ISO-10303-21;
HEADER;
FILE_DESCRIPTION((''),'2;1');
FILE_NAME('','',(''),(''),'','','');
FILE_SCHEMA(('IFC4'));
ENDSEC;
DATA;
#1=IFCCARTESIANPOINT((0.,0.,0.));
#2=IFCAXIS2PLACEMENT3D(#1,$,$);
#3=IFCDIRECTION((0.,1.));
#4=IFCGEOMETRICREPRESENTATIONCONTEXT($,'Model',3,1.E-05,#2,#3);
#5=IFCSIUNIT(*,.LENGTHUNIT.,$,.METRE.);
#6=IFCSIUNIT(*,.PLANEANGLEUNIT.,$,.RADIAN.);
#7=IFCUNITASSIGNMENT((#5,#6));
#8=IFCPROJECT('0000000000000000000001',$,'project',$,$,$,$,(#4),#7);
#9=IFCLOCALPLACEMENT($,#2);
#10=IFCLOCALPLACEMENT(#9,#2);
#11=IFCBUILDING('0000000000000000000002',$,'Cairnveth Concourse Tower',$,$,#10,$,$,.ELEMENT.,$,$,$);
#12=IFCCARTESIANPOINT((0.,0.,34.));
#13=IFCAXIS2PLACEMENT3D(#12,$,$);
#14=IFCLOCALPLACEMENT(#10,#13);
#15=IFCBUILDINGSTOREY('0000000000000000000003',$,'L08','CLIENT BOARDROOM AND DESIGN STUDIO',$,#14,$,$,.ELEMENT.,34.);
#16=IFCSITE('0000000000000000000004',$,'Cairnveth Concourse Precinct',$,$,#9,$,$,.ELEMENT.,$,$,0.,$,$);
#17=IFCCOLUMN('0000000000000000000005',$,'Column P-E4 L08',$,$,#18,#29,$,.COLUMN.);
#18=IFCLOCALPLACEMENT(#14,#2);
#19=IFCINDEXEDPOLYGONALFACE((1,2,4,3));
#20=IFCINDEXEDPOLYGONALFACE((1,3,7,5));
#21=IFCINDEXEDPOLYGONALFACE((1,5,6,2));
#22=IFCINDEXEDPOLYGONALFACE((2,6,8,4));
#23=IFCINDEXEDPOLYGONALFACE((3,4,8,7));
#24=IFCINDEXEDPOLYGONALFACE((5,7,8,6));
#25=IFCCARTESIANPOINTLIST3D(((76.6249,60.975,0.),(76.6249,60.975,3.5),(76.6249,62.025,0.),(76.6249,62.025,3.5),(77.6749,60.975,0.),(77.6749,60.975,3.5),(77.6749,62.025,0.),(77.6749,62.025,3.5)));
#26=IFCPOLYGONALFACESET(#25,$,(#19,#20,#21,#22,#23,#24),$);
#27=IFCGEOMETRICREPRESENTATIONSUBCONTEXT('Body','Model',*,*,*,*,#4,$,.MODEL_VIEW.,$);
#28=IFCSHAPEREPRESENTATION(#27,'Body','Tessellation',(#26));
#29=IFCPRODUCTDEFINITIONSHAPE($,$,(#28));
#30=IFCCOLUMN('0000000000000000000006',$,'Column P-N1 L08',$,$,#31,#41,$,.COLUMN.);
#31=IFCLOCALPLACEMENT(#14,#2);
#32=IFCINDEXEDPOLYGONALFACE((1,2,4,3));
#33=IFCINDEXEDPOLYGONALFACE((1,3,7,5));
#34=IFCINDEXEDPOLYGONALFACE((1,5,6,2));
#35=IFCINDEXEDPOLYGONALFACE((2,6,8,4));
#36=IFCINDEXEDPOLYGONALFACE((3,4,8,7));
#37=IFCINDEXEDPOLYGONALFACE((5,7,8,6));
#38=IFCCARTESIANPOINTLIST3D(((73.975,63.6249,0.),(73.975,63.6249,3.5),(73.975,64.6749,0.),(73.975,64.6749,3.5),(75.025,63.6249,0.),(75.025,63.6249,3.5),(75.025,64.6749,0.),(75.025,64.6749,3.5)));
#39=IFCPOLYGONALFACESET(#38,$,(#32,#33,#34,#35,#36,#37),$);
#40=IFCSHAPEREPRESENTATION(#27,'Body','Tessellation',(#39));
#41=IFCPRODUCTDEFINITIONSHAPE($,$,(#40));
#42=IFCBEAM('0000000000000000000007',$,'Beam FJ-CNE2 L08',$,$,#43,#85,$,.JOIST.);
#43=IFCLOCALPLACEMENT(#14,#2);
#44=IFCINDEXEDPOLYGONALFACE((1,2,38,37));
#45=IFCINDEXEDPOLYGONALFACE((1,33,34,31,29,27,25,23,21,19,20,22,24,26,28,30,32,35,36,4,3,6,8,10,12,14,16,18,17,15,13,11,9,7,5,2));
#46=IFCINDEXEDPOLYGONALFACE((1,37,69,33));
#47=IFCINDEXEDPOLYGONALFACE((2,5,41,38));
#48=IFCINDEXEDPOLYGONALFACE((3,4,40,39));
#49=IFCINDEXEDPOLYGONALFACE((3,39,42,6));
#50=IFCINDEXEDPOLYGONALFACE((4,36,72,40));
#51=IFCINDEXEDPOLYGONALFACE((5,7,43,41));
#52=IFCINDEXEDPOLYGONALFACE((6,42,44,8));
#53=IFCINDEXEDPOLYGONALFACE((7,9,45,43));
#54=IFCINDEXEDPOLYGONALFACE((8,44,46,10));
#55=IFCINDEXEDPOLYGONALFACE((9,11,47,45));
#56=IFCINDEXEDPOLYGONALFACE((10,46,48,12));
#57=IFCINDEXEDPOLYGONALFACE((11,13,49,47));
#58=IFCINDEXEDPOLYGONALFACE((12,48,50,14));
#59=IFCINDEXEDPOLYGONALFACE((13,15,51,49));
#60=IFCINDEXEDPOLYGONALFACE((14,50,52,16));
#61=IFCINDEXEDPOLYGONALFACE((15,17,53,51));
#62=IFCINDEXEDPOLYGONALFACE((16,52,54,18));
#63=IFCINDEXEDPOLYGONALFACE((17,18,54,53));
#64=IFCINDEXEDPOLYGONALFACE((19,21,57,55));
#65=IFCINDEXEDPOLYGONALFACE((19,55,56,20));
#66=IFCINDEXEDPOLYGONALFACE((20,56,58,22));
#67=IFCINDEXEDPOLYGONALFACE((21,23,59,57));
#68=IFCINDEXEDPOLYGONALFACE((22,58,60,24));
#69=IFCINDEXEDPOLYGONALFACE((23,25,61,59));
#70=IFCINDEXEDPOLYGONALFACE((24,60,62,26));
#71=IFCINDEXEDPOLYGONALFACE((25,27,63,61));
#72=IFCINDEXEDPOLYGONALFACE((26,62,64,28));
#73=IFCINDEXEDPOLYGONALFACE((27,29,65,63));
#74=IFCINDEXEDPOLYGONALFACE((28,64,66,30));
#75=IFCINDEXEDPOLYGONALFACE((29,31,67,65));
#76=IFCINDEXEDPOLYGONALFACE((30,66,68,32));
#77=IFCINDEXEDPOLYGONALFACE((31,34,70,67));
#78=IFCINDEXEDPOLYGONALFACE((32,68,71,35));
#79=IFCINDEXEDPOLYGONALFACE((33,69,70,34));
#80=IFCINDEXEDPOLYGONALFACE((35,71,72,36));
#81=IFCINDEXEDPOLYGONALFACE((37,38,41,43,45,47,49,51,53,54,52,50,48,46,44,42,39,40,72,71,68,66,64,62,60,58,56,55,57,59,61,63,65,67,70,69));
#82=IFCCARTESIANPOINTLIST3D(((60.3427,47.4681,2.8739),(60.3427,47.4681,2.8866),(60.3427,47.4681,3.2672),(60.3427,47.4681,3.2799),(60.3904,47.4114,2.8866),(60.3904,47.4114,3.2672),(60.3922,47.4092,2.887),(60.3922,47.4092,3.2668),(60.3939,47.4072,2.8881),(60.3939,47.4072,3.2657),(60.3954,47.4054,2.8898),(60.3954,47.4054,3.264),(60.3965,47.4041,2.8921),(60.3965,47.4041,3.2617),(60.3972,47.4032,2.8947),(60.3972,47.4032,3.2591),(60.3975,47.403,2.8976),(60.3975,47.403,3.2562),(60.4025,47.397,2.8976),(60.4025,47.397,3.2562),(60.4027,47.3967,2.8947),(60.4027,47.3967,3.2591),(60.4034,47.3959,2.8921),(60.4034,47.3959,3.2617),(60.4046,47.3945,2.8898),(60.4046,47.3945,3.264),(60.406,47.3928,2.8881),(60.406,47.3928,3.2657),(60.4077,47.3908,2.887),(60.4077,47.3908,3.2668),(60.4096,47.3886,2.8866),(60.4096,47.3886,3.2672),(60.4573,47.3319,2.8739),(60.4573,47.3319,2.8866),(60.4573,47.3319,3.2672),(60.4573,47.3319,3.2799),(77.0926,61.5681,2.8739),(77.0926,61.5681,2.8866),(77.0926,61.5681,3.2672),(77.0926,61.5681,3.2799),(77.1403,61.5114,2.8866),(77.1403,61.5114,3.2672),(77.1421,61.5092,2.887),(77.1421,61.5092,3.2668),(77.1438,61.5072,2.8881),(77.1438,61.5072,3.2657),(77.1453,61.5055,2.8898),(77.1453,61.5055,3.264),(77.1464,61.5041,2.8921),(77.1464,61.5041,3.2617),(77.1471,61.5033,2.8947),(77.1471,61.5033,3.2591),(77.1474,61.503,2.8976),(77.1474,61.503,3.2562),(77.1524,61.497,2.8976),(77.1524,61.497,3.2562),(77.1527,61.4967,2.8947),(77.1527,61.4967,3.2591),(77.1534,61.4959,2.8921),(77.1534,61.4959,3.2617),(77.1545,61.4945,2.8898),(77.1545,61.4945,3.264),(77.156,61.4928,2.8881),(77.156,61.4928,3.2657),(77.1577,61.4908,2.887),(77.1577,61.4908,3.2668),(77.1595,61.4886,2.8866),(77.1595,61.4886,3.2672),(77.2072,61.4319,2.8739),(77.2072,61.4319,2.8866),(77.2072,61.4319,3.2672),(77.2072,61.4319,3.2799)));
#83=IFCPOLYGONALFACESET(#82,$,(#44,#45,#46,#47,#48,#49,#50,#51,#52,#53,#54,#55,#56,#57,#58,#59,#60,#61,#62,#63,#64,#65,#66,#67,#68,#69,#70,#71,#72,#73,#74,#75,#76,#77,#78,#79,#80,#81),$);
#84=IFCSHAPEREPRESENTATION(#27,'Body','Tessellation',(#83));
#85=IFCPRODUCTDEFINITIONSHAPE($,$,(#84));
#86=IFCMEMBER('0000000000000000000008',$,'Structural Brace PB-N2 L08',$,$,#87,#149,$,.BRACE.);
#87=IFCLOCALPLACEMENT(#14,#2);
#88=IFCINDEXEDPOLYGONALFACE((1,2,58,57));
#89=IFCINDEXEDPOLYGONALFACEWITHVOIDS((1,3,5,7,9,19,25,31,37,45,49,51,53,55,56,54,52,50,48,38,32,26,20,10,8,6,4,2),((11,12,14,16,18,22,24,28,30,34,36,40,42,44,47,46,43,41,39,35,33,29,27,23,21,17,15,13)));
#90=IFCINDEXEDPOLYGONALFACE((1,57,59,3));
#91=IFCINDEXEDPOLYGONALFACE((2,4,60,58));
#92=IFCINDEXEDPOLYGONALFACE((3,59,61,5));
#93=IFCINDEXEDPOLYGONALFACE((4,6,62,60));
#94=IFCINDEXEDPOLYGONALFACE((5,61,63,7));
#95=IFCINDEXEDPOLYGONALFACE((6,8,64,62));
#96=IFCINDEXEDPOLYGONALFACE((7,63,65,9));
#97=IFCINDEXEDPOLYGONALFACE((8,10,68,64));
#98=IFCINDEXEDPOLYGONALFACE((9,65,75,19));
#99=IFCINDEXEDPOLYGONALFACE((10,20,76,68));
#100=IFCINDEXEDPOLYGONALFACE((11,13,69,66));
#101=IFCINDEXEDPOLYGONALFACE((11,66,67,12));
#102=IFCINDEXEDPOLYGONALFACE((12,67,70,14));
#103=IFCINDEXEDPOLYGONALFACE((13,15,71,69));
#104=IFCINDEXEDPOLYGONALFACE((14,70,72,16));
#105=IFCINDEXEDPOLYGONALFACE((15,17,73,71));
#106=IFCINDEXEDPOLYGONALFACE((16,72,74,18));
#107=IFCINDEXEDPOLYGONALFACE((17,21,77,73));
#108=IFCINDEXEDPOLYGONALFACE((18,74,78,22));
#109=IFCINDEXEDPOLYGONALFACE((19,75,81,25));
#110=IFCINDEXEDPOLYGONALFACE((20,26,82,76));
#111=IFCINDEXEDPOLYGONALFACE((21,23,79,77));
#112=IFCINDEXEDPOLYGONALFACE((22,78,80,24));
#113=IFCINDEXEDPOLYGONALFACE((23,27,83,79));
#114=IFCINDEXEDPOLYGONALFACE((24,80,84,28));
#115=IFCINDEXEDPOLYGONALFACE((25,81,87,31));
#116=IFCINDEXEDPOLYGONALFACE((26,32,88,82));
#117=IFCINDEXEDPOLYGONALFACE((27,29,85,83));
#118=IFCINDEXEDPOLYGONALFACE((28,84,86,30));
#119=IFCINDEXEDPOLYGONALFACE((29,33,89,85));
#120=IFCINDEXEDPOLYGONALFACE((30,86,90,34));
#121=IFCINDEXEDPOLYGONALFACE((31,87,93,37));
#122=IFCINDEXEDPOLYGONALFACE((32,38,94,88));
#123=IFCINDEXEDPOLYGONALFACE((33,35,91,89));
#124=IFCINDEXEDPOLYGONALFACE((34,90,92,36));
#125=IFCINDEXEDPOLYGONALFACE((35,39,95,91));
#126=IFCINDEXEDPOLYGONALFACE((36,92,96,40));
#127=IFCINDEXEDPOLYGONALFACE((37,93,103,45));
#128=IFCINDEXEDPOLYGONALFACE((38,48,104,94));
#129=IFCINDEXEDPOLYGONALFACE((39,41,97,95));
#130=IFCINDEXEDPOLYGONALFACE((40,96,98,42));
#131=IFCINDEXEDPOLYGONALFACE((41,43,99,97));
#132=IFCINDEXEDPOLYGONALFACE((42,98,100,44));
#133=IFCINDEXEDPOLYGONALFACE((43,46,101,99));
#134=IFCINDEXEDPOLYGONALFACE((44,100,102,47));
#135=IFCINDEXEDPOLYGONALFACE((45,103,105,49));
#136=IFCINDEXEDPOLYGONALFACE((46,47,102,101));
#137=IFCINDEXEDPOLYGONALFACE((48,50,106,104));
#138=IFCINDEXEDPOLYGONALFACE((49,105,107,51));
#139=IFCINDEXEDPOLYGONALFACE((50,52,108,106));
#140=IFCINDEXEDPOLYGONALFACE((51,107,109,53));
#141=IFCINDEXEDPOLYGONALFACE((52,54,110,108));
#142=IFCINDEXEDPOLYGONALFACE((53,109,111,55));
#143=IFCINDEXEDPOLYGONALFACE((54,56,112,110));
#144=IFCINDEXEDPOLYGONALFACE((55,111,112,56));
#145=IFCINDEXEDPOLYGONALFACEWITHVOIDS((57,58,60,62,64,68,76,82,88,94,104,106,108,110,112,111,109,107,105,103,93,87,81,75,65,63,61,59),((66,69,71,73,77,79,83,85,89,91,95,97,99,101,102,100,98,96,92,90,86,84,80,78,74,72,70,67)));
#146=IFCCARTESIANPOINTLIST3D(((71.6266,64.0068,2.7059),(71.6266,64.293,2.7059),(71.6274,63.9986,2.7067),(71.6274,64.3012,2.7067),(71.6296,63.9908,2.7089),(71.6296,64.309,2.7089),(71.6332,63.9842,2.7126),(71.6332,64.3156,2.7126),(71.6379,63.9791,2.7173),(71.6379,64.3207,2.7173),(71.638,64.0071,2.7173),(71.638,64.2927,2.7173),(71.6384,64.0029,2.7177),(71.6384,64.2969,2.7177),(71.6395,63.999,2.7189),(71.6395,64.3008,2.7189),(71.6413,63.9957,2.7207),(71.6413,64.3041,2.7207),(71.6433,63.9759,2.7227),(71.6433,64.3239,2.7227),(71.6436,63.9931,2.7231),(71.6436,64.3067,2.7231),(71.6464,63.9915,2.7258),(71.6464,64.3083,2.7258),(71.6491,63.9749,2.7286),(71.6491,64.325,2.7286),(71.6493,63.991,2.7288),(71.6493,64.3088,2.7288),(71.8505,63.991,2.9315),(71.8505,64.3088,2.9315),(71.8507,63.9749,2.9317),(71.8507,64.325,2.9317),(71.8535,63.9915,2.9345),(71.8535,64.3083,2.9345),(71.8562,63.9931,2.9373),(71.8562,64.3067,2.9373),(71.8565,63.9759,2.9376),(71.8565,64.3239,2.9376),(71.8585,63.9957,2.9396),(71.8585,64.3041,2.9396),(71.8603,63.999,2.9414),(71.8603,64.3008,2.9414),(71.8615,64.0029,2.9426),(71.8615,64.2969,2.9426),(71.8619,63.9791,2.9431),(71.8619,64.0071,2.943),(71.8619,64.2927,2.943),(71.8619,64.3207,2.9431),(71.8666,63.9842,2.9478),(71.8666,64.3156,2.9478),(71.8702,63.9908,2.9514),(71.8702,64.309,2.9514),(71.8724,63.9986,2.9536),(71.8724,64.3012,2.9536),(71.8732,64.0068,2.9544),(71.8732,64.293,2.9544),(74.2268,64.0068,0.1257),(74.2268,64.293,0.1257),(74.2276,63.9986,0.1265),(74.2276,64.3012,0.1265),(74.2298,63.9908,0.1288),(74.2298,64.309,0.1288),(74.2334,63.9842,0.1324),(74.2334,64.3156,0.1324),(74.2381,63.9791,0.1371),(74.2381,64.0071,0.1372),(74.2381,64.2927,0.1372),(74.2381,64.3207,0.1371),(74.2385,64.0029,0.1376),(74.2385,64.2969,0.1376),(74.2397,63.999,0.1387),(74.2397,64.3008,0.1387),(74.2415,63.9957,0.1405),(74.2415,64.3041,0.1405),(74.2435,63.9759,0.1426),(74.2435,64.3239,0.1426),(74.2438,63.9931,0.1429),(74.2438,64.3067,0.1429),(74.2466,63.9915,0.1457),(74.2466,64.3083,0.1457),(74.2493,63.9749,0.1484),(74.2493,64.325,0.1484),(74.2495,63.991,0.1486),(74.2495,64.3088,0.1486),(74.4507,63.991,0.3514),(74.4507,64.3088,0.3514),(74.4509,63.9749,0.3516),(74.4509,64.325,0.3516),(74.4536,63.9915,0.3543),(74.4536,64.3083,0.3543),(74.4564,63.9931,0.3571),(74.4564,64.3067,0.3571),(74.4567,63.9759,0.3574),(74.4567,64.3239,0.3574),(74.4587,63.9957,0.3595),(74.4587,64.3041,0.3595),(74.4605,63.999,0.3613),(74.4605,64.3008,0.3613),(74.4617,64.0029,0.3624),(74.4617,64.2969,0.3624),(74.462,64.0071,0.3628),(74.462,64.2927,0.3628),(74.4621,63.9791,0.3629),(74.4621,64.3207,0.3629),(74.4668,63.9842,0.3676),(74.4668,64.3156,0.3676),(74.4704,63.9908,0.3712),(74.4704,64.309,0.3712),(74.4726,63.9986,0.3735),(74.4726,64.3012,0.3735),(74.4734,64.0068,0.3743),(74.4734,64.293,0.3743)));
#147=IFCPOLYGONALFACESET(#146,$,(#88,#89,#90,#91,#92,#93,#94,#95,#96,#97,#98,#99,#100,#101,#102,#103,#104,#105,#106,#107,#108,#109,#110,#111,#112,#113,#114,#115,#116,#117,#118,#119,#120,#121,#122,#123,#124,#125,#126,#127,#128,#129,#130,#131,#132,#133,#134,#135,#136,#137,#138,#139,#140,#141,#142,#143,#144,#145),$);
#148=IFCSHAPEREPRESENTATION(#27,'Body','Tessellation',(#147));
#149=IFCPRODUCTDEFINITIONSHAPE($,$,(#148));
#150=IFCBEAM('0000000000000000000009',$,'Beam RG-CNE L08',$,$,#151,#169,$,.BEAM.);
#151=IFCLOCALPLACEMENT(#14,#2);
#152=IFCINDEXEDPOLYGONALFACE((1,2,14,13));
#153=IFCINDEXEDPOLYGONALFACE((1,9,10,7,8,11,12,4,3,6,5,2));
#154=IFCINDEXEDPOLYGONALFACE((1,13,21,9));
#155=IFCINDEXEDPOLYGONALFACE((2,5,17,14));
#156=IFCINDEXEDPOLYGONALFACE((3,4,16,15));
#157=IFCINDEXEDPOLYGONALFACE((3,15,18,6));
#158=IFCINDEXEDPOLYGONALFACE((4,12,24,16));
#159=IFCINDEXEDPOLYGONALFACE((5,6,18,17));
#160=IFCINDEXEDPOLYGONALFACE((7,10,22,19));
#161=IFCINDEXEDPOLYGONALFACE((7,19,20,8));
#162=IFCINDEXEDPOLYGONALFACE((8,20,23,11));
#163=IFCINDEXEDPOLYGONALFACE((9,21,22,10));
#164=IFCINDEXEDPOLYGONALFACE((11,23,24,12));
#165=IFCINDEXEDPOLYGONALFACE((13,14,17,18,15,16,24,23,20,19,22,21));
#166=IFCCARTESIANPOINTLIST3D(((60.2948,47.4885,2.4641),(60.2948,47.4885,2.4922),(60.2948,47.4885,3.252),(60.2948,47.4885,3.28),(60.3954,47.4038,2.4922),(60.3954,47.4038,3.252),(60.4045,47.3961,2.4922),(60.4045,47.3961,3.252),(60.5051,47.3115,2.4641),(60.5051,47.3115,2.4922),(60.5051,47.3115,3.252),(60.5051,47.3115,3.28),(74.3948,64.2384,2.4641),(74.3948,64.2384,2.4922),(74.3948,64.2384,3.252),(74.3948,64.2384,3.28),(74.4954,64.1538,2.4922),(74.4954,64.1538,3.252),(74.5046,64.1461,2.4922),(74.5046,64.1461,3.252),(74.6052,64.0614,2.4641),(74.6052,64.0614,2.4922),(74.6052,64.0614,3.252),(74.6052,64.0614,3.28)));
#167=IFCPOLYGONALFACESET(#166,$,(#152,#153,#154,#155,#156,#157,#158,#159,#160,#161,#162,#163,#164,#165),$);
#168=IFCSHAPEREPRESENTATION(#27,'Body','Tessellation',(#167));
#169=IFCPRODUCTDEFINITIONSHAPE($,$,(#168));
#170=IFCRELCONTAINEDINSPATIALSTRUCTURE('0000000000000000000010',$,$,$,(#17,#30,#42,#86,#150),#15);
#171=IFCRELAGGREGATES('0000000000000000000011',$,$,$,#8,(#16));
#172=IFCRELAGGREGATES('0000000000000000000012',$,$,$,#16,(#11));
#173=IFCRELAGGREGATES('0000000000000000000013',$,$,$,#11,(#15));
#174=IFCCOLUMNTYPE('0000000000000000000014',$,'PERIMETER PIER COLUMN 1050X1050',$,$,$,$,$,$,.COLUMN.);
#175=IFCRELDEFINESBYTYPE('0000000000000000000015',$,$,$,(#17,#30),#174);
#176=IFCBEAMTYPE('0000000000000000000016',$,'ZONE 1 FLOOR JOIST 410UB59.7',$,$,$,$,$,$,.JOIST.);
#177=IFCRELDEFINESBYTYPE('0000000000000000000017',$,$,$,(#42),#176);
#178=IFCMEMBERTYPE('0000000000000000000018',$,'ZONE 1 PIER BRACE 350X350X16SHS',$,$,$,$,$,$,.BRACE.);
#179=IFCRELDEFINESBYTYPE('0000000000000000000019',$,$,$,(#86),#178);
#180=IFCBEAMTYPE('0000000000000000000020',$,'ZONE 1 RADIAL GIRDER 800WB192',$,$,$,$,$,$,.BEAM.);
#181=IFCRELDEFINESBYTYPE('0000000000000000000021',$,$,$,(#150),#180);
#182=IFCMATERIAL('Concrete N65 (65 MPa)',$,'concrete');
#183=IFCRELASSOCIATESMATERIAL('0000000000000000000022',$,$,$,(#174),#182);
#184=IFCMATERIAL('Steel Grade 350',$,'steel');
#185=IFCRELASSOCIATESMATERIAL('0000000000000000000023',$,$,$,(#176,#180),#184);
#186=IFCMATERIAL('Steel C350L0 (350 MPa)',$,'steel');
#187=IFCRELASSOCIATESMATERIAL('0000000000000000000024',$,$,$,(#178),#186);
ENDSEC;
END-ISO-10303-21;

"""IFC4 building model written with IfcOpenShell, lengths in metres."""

from ifc_helpers import new_model, si_unit, direction, frame, origin, origin_2d, place, context, subcontext, project, spatial, rectangle, hollow_rectangle, i_section, extrude, material, material_profile, profile_set, type_object, element, save


model = new_model("IFC4")

# Units and contexts
model_context = context("Model", 3, precision=1e-05, world=origin(), true_north=direction((0.0, 1.0)))
body_context = subcontext(model_context, "Body", "Model", "MODEL_VIEW")
ifc_project = project(units=[si_unit("LENGTHUNIT", "METRE"), si_unit("PLANEANGLEUNIT", "RADIAN")], contexts=[model_context])

# Site, building, storey
site_placement = place(None, origin())
site = spatial("IfcSite", under=ifc_project, at=site_placement, Name="Cairnveth Concourse Precinct", CompositionType="ELEMENT", RefElevation=0.0)
building_placement = place(site_placement, origin())
building = spatial("IfcBuilding", under=site, at=building_placement, Name="Cairnveth Concourse Tower", CompositionType="ELEMENT")
storey_placement = place(building_placement, frame((0.0, 0.0, 34.0)))
storey = spatial("IfcBuildingStorey", under=building, at=storey_placement, Name="L08", Description="CLIENT BOARDROOM AND DESIGN STUDIO", CompositionType="ELEMENT", Elevation=34.0)

# Columns
ifc_material_1 = material(Name="Concrete N65 (65 MPa)", Category="concrete")
ifc_material_profile_1 = material_profile(ifc_material_1, rectangle(XDim=1.05, YDim=1.05, at=origin_2d()), Name="RC-COL-1050x1050")
ifc_profile_set_1 = profile_set([ifc_material_profile_1], Name="Concrete N65 (65 MPa)")
column_type = type_object("IfcColumnType", Name="PERIMETER PIER COLUMN 1050X1050", PredefinedType="COLUMN", material=ifc_profile_set_1)
for number, where, z_axis, x_axis, name in (
    (1, (77.1499, 61.5, 0.0), (0.0, 0.0, 1.0), (0.0, 1.0, 0.0), "Column P-E4 L08"),
    (2, (74.5, 64.1499, 0.0), (0.0, 0.0, 1.0), (1.0, 0.0, 0.0), "Column P-N1 L08"),
):
    element("IfcColumn", number, at=place(storey_placement, frame(where, z_axis=z_axis, x_axis=x_axis)), inside=storey, type_object=column_type, Name=name, PredefinedType="COLUMN", context=body_context, shape_type="SweptSolid", body=[
        extrude(rectangle(XDim=1.05, YDim=1.05, at=origin_2d()), origin(), (0.0, 0.0, 1.0), 3.5),
    ])

# Beam
ifc_material_2 = material(Name="Steel Grade 350", Category="steel")
ifc_material_profile_2 = material_profile(ifc_material_2, i_section(OverallWidth=0.178, OverallDepth=0.406, WebThickness=0.0078, FlangeThickness=0.0127, FilletRadius=0.011, at=origin_2d()), Name="410UB59.7")
ifc_profile_set_2 = profile_set([ifc_material_profile_2], Name="Steel Grade 350")
beam_type_1 = type_object("IfcBeamType", Name="ZONE 1 FLOOR JOIST 410UB59.7", PredefinedType="JOIST", material=ifc_profile_set_2)
beam_1_placement = place(storey_placement, frame((77.1499, 61.5, 3.0769), z_axis=(-0.765027, -0.643998, 0.0), x_axis=(0.643998, -0.765027, 0.0)))
element("IfcBeam", 3, at=beam_1_placement, inside=storey, type_object=beam_type_1, Name="Beam FJ-CNE2 L08", PredefinedType="JOIST", context=body_context, shape_type="SweptSolid", body=[
    extrude(i_section(OverallWidth=0.178, OverallDepth=0.406, WebThickness=0.0078, FlangeThickness=0.0127, FilletRadius=0.011, at=origin_2d()), origin(), (0.0, 0.0, 1.0), 21.8945),
])

# Member
ifc_material_3 = material(Name="Steel C350L0 (350 MPa)", Category="steel")
ifc_material_profile_3 = material_profile(ifc_material_3, hollow_rectangle(XDim=0.3501, YDim=0.3501, WallThickness=0.0161, InnerFilletRadius=0.0161, OuterFilletRadius=0.032, at=origin_2d()), Name="350x350x16.0SHS")
ifc_profile_set_3 = profile_set([ifc_material_profile_3], Name="Steel C350L0 (350 MPa)")
member_type = type_object("IfcMemberType", Name="ZONE 1 PIER BRACE 350X350X16SHS", PredefinedType="BRACE", material=ifc_profile_set_3)
member_placement = place(storey_placement, frame((74.3501, 64.1499, 0.25), z_axis=(-0.709834, 0.0, 0.704369), x_axis=(0.0, -1.0, 0.0)))
element("IfcMember", 4, at=member_placement, inside=storey, type_object=member_type, Name="Structural Brace PB-N2 L08", PredefinedType="BRACE", context=body_context, shape_type="SweptSolid", body=[
    extrude(hollow_rectangle(XDim=0.3501, YDim=0.3501, WallThickness=0.0161, InnerFilletRadius=0.0161, OuterFilletRadius=0.032, at=origin_2d()), origin(), (0.0, 0.0, 1.0), 3.6631),
])

# Beam
ifc_material_profile_4 = material_profile(ifc_material_2, i_section(OverallWidth=0.2749, OverallDepth=0.8159, WebThickness=0.012, FlangeThickness=0.0281, at=origin_2d()), Name="800WB192")
ifc_profile_set_4 = profile_set([ifc_material_profile_4], Name="Steel Grade 350")
beam_type_2 = type_object("IfcBeamType", Name="ZONE 1 RADIAL GIRDER 800WB192", PredefinedType="BEAM", material=ifc_profile_set_4)
beam_2_placement = place(storey_placement, frame((74.5, 64.1499, 2.8721), z_axis=(-0.643998, -0.765027, 0.0), x_axis=(0.765027, -0.643998, 0.0)))
element("IfcBeam", 5, at=beam_2_placement, inside=storey, type_object=beam_type_2, Name="Beam RG-CNE L08", PredefinedType="BEAM", context=body_context, shape_type="SweptSolid", body=[
    extrude(i_section(OverallWidth=0.2749, OverallDepth=0.8159, WebThickness=0.012, FlangeThickness=0.0281, at=origin_2d()), origin(), (0.0, 0.0, 1.0), 21.8945),
])

save(model, "model.ifc")
